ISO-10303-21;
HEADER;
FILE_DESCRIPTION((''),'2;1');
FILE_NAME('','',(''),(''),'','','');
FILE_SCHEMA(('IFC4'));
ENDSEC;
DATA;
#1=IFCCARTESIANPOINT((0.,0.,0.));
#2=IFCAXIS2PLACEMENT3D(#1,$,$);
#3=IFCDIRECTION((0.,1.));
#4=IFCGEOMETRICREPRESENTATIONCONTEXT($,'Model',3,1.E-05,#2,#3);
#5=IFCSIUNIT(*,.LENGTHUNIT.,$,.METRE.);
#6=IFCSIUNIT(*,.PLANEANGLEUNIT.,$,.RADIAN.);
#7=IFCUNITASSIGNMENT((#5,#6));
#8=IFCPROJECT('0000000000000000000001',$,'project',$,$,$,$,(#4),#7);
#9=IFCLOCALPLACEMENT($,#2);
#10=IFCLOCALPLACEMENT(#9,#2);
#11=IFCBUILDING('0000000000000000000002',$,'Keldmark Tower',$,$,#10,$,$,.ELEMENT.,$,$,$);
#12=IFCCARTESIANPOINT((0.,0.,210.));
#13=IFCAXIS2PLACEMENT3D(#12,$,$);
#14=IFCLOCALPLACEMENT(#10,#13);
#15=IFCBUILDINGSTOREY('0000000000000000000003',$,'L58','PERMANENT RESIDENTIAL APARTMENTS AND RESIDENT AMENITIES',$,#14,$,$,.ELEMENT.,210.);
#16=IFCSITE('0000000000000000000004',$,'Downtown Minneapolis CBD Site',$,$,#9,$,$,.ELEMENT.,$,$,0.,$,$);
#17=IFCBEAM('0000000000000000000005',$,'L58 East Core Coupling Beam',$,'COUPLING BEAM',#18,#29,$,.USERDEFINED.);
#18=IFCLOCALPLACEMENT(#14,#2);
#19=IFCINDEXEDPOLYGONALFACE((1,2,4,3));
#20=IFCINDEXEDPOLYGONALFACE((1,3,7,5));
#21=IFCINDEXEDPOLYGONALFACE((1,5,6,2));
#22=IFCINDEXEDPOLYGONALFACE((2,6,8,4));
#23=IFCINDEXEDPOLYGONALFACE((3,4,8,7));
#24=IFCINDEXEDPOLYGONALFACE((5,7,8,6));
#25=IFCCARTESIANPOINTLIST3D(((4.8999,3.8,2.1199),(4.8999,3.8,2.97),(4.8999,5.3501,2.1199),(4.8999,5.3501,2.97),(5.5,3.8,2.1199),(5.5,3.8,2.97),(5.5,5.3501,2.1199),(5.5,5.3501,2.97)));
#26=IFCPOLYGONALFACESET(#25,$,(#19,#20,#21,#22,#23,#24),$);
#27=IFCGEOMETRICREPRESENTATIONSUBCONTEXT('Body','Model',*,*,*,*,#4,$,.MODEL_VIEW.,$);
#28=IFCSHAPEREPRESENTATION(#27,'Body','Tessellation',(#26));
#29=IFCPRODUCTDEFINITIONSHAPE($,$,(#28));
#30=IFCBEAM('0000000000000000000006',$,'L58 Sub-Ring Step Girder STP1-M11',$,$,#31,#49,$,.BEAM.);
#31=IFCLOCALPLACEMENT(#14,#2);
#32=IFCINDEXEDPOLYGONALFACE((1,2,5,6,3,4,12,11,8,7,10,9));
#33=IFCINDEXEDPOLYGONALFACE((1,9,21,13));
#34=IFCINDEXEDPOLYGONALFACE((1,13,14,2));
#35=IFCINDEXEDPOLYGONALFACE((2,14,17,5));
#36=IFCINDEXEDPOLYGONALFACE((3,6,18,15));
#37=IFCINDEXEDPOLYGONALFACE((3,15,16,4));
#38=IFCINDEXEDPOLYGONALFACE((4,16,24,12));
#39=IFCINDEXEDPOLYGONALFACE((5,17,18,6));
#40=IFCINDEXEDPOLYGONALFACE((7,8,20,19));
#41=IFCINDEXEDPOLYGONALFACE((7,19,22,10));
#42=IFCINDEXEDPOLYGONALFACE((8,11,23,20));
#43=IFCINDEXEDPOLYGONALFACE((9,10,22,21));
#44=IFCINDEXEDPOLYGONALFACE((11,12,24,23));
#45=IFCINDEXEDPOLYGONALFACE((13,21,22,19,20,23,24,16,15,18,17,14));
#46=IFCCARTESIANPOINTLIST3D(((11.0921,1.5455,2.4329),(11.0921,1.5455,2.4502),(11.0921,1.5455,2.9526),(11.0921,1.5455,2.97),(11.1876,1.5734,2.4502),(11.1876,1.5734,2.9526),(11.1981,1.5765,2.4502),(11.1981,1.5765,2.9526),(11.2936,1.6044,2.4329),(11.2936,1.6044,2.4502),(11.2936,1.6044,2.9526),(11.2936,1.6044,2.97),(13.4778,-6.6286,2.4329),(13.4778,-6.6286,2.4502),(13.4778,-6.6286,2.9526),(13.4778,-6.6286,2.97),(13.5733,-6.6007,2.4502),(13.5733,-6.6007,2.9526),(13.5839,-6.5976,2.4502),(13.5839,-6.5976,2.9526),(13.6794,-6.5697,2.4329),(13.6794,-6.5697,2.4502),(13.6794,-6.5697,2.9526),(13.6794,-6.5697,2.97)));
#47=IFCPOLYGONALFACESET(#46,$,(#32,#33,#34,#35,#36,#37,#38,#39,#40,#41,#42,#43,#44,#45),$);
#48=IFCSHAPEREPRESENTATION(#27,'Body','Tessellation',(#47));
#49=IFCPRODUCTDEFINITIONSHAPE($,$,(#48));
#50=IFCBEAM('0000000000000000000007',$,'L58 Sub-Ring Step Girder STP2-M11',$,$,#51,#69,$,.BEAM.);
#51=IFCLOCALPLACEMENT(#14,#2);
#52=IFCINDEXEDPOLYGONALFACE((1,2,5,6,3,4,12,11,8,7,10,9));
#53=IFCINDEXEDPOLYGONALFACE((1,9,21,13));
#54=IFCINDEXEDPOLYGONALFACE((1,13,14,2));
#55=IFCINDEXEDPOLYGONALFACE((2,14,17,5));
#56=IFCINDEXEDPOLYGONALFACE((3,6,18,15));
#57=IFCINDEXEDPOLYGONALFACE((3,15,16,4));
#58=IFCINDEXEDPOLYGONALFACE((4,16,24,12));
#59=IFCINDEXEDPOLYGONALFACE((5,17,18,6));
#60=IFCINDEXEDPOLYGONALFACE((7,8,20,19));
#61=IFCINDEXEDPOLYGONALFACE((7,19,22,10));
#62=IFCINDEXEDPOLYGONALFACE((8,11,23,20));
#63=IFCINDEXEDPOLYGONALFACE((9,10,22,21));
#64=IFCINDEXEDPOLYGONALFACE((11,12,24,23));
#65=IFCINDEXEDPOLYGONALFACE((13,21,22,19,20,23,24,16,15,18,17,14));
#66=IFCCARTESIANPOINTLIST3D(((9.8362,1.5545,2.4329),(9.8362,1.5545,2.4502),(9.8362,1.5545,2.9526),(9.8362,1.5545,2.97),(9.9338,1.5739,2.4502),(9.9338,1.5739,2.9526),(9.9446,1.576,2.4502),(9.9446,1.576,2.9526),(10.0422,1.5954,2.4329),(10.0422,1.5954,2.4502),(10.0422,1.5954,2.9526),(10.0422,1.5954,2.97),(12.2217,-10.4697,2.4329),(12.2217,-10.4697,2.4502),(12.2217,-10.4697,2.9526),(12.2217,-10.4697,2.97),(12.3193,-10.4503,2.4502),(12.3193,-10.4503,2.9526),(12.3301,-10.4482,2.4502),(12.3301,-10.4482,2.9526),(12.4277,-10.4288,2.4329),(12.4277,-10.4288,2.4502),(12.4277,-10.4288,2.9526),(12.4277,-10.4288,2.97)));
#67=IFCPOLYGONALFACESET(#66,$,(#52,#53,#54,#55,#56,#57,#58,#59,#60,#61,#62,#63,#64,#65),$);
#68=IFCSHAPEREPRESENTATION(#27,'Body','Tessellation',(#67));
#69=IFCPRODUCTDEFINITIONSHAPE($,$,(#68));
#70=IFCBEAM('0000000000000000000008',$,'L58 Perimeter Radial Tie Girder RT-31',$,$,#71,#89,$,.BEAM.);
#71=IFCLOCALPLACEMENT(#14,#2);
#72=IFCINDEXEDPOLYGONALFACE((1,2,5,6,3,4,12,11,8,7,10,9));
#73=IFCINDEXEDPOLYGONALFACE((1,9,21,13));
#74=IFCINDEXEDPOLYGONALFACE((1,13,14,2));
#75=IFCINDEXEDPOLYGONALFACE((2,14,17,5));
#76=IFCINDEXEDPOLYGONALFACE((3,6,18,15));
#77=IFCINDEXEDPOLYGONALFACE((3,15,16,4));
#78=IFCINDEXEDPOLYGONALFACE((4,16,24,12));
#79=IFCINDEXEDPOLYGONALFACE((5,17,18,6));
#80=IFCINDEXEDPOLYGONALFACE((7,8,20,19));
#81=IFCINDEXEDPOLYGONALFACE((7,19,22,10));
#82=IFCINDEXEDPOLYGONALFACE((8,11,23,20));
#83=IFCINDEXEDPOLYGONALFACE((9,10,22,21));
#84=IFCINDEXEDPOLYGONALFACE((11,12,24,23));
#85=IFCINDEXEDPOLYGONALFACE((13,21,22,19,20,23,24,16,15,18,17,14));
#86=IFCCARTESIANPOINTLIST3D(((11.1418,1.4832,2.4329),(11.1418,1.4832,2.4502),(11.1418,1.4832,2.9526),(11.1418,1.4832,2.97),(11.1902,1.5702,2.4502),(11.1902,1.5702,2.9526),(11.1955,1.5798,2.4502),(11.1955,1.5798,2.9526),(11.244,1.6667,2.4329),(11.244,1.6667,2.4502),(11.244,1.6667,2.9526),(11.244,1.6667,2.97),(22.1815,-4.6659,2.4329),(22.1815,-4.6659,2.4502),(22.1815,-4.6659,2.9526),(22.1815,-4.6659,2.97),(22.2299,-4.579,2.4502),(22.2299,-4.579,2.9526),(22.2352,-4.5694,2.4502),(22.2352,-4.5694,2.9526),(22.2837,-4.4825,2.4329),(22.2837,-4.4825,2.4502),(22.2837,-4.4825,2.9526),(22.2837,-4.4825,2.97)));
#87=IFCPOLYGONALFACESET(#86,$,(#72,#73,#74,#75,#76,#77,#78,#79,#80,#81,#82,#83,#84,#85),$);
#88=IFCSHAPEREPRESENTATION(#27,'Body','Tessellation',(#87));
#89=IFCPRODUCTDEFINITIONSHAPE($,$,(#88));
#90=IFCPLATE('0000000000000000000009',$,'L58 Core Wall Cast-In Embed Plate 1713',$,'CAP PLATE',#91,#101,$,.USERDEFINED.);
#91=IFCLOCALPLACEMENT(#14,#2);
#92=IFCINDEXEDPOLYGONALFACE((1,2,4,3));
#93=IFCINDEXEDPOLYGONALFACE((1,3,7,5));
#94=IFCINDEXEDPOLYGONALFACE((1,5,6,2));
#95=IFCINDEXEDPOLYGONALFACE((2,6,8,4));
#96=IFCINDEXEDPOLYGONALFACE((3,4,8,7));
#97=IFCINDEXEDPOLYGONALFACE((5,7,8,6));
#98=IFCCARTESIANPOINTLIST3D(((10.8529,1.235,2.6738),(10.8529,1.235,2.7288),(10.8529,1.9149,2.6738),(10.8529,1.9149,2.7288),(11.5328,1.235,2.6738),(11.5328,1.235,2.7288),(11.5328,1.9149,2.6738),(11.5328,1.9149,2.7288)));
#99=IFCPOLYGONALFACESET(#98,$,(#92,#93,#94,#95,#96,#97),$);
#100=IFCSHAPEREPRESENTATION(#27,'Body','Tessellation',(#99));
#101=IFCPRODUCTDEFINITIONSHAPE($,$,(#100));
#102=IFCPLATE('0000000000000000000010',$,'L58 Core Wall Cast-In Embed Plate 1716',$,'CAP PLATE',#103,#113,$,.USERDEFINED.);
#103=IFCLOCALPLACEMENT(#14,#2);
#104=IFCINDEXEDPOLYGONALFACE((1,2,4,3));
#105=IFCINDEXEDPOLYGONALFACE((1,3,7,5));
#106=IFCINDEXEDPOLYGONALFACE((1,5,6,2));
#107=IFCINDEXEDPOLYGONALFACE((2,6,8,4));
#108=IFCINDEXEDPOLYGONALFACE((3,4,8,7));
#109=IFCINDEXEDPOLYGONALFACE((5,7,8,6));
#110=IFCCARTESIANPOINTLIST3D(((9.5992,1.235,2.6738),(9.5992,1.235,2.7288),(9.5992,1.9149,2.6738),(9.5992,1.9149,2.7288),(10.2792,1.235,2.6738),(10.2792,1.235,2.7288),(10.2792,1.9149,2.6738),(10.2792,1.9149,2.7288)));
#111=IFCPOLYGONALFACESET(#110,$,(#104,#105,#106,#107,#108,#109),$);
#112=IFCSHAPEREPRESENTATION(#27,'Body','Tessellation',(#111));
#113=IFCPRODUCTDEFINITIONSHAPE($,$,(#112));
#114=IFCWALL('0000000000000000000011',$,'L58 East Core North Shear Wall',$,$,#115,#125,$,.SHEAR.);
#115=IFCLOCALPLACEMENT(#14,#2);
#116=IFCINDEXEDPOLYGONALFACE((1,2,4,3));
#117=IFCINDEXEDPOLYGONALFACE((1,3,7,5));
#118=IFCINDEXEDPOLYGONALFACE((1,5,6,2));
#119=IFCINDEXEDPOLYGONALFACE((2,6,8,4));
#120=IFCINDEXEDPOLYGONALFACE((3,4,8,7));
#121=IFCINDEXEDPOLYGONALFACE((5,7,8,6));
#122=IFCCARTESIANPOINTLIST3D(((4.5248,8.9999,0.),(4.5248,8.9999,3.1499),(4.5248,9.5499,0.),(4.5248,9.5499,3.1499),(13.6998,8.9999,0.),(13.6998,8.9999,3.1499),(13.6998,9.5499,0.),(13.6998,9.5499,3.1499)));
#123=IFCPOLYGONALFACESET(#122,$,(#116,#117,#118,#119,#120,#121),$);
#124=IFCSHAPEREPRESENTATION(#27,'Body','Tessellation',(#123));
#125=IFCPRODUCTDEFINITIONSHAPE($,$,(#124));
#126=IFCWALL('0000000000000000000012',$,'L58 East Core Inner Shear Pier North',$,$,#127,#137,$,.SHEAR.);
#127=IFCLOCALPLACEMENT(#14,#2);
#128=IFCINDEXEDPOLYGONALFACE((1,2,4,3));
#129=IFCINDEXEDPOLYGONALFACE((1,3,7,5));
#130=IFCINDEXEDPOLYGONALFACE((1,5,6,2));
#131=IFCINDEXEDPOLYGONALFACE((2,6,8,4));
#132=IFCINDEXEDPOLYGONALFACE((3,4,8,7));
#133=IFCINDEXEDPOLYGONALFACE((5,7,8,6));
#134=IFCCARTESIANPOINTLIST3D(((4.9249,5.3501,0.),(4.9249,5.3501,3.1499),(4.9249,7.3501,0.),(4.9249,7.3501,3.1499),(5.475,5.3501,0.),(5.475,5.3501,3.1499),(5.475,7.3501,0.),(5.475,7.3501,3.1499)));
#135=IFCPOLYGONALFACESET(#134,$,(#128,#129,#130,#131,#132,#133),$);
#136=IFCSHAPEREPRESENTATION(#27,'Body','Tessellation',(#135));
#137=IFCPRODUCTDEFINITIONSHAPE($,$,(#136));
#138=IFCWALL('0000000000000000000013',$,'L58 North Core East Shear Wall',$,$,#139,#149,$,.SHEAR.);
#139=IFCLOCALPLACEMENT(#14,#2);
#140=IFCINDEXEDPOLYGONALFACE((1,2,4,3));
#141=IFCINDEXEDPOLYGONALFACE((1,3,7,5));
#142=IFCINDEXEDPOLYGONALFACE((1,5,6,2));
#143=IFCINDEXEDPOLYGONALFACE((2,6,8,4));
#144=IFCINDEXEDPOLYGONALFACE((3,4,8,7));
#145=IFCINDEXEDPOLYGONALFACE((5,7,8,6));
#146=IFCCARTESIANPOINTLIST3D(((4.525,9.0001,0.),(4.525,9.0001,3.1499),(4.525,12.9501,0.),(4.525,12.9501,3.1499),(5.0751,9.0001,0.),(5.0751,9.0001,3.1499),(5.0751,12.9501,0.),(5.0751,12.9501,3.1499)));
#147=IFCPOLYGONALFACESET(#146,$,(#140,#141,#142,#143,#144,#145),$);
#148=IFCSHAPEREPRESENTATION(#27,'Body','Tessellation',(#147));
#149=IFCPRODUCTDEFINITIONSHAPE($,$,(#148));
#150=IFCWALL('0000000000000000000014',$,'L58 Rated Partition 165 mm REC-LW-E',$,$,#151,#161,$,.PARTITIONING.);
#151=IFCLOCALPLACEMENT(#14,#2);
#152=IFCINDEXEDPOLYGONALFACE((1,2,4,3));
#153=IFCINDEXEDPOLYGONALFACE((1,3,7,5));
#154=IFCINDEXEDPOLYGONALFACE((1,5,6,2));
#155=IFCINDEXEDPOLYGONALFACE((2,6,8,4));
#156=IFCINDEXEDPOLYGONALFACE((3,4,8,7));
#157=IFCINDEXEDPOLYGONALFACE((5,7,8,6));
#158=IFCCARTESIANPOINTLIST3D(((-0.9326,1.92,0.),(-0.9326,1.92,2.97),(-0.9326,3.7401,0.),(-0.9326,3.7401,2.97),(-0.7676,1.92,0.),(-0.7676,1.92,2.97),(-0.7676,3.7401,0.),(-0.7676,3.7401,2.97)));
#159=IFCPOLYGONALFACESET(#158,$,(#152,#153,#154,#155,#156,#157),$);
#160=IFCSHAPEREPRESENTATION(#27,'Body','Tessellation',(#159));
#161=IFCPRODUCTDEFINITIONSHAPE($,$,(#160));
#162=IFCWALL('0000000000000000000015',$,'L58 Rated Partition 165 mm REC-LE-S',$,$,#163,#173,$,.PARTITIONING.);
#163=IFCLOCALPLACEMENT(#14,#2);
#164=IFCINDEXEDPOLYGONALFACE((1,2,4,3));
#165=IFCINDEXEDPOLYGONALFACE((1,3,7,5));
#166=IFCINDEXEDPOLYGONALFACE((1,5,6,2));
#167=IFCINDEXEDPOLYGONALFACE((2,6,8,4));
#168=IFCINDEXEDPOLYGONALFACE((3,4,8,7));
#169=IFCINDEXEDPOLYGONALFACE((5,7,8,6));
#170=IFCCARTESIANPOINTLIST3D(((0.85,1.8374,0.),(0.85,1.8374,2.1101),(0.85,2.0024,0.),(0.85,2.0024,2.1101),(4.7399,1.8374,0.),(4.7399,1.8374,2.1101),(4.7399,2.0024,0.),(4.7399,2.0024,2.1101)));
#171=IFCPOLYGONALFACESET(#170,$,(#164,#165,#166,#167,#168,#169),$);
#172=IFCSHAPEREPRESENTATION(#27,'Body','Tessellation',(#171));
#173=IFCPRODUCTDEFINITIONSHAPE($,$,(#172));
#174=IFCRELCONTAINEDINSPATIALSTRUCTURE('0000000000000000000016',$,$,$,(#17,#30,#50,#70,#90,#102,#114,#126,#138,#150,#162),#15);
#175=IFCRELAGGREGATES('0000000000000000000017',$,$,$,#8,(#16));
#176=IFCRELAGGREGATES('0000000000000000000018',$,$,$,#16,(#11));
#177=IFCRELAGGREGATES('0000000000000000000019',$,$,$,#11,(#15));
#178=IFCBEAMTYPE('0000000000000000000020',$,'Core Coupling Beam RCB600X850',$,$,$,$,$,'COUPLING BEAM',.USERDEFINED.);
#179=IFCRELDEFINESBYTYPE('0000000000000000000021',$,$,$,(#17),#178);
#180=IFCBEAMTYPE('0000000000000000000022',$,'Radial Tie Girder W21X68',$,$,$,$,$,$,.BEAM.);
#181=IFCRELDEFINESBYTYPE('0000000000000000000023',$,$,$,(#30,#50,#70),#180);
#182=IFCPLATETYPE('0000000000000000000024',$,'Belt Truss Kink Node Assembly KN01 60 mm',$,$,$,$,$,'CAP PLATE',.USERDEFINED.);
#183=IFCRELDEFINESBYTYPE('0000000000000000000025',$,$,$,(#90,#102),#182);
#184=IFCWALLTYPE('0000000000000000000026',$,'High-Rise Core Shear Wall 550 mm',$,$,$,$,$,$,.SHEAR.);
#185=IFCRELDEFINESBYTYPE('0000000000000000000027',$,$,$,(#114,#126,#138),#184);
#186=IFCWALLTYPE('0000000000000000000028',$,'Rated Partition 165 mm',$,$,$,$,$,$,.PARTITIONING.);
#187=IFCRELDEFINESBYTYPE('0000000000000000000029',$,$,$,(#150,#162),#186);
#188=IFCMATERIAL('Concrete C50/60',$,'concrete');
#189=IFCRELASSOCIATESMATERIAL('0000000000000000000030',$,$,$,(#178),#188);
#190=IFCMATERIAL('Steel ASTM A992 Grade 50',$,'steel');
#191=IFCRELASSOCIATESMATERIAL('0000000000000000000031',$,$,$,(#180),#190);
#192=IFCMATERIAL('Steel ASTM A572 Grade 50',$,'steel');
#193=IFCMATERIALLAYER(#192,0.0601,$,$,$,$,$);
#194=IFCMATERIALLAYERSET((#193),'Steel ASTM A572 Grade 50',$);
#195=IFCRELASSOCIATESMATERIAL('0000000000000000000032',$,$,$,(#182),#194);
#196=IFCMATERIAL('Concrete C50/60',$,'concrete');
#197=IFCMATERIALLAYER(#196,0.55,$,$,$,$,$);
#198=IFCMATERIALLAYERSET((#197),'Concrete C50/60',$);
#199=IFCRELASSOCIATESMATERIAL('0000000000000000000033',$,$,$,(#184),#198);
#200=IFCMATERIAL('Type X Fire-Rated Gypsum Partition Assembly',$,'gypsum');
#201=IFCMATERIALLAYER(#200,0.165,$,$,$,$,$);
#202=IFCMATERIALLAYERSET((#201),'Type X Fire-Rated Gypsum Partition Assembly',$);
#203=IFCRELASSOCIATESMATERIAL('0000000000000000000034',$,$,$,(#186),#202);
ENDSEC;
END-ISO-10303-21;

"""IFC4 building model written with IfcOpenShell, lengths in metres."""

from ifc_helpers import new_model, si_unit, direction, frame, frame_2d, origin, origin_2d, place, context, subcontext, project, spatial, rectangle, i_section, extrude, material, layer, layer_set, material_profile, profile_set, type_object, element, save


model = new_model("IFC4")

# Units and contexts
model_context = context("Model", 3, precision=1e-05, world=origin(), true_north=direction((0.0, 1.0)))
body_context = subcontext(model_context, "Body", "Model", "MODEL_VIEW")
ifc_project = project(units=[si_unit("LENGTHUNIT", "METRE"), si_unit("PLANEANGLEUNIT", "RADIAN")], contexts=[model_context])

# Site, building, storey
site_placement = place(None, origin())
site = spatial("IfcSite", under=ifc_project, at=site_placement, Name="Downtown Minneapolis CBD Site", CompositionType="ELEMENT", RefElevation=0.0)
building_placement = place(site_placement, origin())
building = spatial("IfcBuilding", under=site, at=building_placement, Name="Keldmark Tower", CompositionType="ELEMENT")
storey_placement = place(building_placement, frame((0.0, 0.0, 210.0)))
storey = spatial("IfcBuildingStorey", under=building, at=storey_placement, Name="L58", Description="PERMANENT RESIDENTIAL APARTMENTS AND RESIDENT AMENITIES", CompositionType="ELEMENT", Elevation=210.0)

# Beams
ifc_material_1 = material(Name="Concrete C50/60", Category="concrete")
ifc_material_profile_1 = material_profile(ifc_material_1, rectangle(XDim=0.6001, YDim=0.8501, at=origin_2d()), Name="RCB600X850")
ifc_profile_set_1 = profile_set([ifc_material_profile_1], Name="Concrete C50/60")
beam_type_1 = type_object("IfcBeamType", Name="Core Coupling Beam RCB600X850", ElementType="COUPLING BEAM", PredefinedType="USERDEFINED", material=ifc_profile_set_1)
beam_1_placement = place(storey_placement, frame((5.2, 3.8, 2.5449), z_axis=(0.0, 1.0, 0.0), x_axis=(-1.0, 0.0, 0.0)))
element("IfcBeam", 1, at=beam_1_placement, inside=storey, type_object=beam_type_1, Name="L58 East Core Coupling Beam", ObjectType="COUPLING BEAM", PredefinedType="USERDEFINED", context=body_context, shape_type="SweptSolid", body=[
    extrude(rectangle(XDim=0.6001, YDim=0.8501, at=origin_2d()), origin(), (0.0, 0.0, 1.0), 1.55),
])
ifc_material_2 = material(Name="Steel ASTM A992 Grade 50", Category="steel")
ifc_material_profile_2 = material_profile(ifc_material_2, i_section(OverallWidth=0.21, OverallDepth=0.5371, WebThickness=0.011, FlangeThickness=0.0173, at=origin_2d()), Name="W21X68")
ifc_profile_set_2 = profile_set([ifc_material_profile_2], Name="Steel ASTM A992 Grade 50")
beam_type_2 = type_object("IfcBeamType", Name="Radial Tie Girder W21X68", PredefinedType="BEAM", material=ifc_profile_set_2)
beam_2_placement = place(storey_placement, frame((11.1929, 1.575, 2.7014), z_axis=(0.280177, -0.959948, 0.0), x_axis=(0.959948, 0.280177, 0.0)))
element("IfcBeam", 2, at=beam_2_placement, inside=storey, type_object=beam_type_2, Name="L58 Sub-Ring Step Girder STP1-M11", PredefinedType="BEAM", context=body_context, shape_type="SweptSolid", body=[
    extrude(i_section(OverallWidth=0.21, OverallDepth=0.5371, WebThickness=0.011, FlangeThickness=0.0173, at=origin_2d()), origin(), (0.0, 0.0, 1.0), 8.5151),
])
beam_3_placement = place(storey_placement, frame((9.9392, 1.575, 2.7014), z_axis=(0.194599, -0.980883, 0.0), x_axis=(0.980883, 0.194599, 0.0)))
element("IfcBeam", 3, at=beam_3_placement, inside=storey, type_object=beam_type_2, Name="L58 Sub-Ring Step Girder STP2-M11", PredefinedType="BEAM", context=body_context, shape_type="SweptSolid", body=[
    extrude(i_section(OverallWidth=0.21, OverallDepth=0.5371, WebThickness=0.011, FlangeThickness=0.0173, at=origin_2d()), origin(), (0.0, 0.0, 1.0), 12.2585),
])
beam_4_placement = place(storey_placement, frame((11.1929, 1.575, 2.7014), z_axis=(0.873621, -0.486607, 0.0), x_axis=(0.486607, 0.873621, 0.0)))
element("IfcBeam", 4, at=beam_4_placement, inside=storey, type_object=beam_type_2, Name="L58 Perimeter Radial Tie Girder RT-31", PredefinedType="BEAM", context=body_context, shape_type="SweptSolid", body=[
    extrude(i_section(OverallWidth=0.21, OverallDepth=0.5371, WebThickness=0.011, FlangeThickness=0.0173, at=origin_2d()), origin(), (0.0, 0.0, 1.0), 12.6367),
])

# Plates
ifc_material_3 = material(Name="Steel ASTM A572 Grade 50", Category="steel")
ifc_layer_1 = layer(ifc_material_3, 0.0601)
ifc_layer_set_1 = layer_set([ifc_layer_1], Name="Steel ASTM A572 Grade 50")
plate_type = type_object("IfcPlateType", Name="Belt Truss Kink Node Assembly KN01 60 mm", ElementType="CAP PLATE", PredefinedType="USERDEFINED", material=ifc_layer_set_1)
for number, where, z_axis, x_axis, name in (
    (5, (11.1929, 1.575, 2.6738), (0.0, 0.0, 1.0), (1.0, 0.0, 0.0), "L58 Core Wall Cast-In Embed Plate 1713"),
    (6, (9.9392, 1.575, 2.6738), (0.0, 0.0, 1.0), (1.0, 0.0, 0.0), "L58 Core Wall Cast-In Embed Plate 1716"),
):
    element("IfcPlate", number, at=place(storey_placement, frame(where, z_axis=z_axis, x_axis=x_axis)), inside=storey, type_object=plate_type, Name=name, ObjectType="CAP PLATE", PredefinedType="USERDEFINED", context=body_context, shape_type="SweptSolid", body=[
        extrude(rectangle(XDim=0.6799, YDim=0.6799, at=origin_2d()), origin(), (0.0, 0.0, 1.0), 0.0549),
    ])

# Walls
ifc_material_4 = material(Name="Concrete C50/60", Category="concrete")
ifc_layer_2 = layer(ifc_material_4, 0.55)
ifc_layer_set_2 = layer_set([ifc_layer_2], Name="Concrete C50/60")
wall_type_1 = type_object("IfcWallType", Name="High-Rise Core Shear Wall 550 mm", PredefinedType="SHEAR", material=ifc_layer_set_2)
wall_1_placement = place(storey_placement, frame((4.5249, 9.2749, 0.0), z_axis=(0.0, 0.0, 1.0), x_axis=(1.0, 0.0, 0.0)))
element("IfcWall", 7, at=wall_1_placement, inside=storey, type_object=wall_type_1, Name="L58 East Core North Shear Wall", PredefinedType="SHEAR", context=body_context, shape_type="SweptSolid", body=[
    extrude(rectangle(XDim=9.175, YDim=0.55, at=frame_2d((4.5874, 0.0))), origin(), (0.0, 0.0, 1.0), 3.1499),
])
wall_2_placement = place(storey_placement, frame((5.2, 5.3501, 0.0), z_axis=(0.0, 0.0, 1.0), x_axis=(0.0, 1.0, 0.0)))
element("IfcWall", 8, at=wall_2_placement, inside=storey, type_object=wall_type_1, Name="L58 East Core Inner Shear Pier North", PredefinedType="SHEAR", context=body_context, shape_type="SweptSolid", body=[
    extrude(rectangle(XDim=2.0, YDim=0.55, at=frame_2d((1.0, 0.0))), origin(), (0.0, 0.0, 1.0), 3.1499),
])
wall_3_placement = place(storey_placement, frame((4.8, 9.0, 0.0), z_axis=(0.0, 0.0, 1.0), x_axis=(0.0, 1.0, 0.0)))
element("IfcWall", 9, at=wall_3_placement, inside=storey, type_object=wall_type_1, Name="L58 North Core East Shear Wall", PredefinedType="SHEAR", context=body_context, shape_type="SweptSolid", body=[
    extrude(rectangle(XDim=3.95, YDim=0.55, at=frame_2d((1.9751, 0.0))), origin(), (0.0, 0.0, 1.0), 3.1499),
])
ifc_material_5 = material(Name="Type X Fire-Rated Gypsum Partition Assembly", Category="gypsum")
ifc_layer_3 = layer(ifc_material_5, 0.165)
ifc_layer_set_3 = layer_set([ifc_layer_3], Name="Type X Fire-Rated Gypsum Partition Assembly")
wall_type_2 = type_object("IfcWallType", Name="Rated Partition 165 mm", PredefinedType="PARTITIONING", material=ifc_layer_set_3)
wall_4_placement = place(storey_placement, frame((-0.8501, 1.9199, 0.0), z_axis=(0.0, 0.0, 1.0), x_axis=(0.0, 1.0, 0.0)))
element("IfcWall", 10, at=wall_4_placement, inside=storey, type_object=wall_type_2, Name="L58 Rated Partition 165 mm REC-LW-E", PredefinedType="PARTITIONING", context=body_context, shape_type="SweptSolid", body=[
    extrude(rectangle(XDim=1.8201, YDim=0.165, at=frame_2d((0.9102, 0.0))), origin(), (0.0, 0.0, 1.0), 2.97),
])
wall_5_placement = place(storey_placement, frame((0.8501, 1.9199, 0.0), z_axis=(0.0, 0.0, 1.0), x_axis=(1.0, 0.0, 0.0)))
element("IfcWall", 11, at=wall_5_placement, inside=storey, type_object=wall_type_2, Name="L58 Rated Partition 165 mm REC-LE-S", PredefinedType="PARTITIONING", context=body_context, shape_type="SweptSolid", body=[
    extrude(rectangle(XDim=3.8899, YDim=0.165, at=frame_2d((1.9448, 0.0))), origin(), (0.0, 0.0, 1.0), 2.1101),
])

save(model, "model.ifc")
